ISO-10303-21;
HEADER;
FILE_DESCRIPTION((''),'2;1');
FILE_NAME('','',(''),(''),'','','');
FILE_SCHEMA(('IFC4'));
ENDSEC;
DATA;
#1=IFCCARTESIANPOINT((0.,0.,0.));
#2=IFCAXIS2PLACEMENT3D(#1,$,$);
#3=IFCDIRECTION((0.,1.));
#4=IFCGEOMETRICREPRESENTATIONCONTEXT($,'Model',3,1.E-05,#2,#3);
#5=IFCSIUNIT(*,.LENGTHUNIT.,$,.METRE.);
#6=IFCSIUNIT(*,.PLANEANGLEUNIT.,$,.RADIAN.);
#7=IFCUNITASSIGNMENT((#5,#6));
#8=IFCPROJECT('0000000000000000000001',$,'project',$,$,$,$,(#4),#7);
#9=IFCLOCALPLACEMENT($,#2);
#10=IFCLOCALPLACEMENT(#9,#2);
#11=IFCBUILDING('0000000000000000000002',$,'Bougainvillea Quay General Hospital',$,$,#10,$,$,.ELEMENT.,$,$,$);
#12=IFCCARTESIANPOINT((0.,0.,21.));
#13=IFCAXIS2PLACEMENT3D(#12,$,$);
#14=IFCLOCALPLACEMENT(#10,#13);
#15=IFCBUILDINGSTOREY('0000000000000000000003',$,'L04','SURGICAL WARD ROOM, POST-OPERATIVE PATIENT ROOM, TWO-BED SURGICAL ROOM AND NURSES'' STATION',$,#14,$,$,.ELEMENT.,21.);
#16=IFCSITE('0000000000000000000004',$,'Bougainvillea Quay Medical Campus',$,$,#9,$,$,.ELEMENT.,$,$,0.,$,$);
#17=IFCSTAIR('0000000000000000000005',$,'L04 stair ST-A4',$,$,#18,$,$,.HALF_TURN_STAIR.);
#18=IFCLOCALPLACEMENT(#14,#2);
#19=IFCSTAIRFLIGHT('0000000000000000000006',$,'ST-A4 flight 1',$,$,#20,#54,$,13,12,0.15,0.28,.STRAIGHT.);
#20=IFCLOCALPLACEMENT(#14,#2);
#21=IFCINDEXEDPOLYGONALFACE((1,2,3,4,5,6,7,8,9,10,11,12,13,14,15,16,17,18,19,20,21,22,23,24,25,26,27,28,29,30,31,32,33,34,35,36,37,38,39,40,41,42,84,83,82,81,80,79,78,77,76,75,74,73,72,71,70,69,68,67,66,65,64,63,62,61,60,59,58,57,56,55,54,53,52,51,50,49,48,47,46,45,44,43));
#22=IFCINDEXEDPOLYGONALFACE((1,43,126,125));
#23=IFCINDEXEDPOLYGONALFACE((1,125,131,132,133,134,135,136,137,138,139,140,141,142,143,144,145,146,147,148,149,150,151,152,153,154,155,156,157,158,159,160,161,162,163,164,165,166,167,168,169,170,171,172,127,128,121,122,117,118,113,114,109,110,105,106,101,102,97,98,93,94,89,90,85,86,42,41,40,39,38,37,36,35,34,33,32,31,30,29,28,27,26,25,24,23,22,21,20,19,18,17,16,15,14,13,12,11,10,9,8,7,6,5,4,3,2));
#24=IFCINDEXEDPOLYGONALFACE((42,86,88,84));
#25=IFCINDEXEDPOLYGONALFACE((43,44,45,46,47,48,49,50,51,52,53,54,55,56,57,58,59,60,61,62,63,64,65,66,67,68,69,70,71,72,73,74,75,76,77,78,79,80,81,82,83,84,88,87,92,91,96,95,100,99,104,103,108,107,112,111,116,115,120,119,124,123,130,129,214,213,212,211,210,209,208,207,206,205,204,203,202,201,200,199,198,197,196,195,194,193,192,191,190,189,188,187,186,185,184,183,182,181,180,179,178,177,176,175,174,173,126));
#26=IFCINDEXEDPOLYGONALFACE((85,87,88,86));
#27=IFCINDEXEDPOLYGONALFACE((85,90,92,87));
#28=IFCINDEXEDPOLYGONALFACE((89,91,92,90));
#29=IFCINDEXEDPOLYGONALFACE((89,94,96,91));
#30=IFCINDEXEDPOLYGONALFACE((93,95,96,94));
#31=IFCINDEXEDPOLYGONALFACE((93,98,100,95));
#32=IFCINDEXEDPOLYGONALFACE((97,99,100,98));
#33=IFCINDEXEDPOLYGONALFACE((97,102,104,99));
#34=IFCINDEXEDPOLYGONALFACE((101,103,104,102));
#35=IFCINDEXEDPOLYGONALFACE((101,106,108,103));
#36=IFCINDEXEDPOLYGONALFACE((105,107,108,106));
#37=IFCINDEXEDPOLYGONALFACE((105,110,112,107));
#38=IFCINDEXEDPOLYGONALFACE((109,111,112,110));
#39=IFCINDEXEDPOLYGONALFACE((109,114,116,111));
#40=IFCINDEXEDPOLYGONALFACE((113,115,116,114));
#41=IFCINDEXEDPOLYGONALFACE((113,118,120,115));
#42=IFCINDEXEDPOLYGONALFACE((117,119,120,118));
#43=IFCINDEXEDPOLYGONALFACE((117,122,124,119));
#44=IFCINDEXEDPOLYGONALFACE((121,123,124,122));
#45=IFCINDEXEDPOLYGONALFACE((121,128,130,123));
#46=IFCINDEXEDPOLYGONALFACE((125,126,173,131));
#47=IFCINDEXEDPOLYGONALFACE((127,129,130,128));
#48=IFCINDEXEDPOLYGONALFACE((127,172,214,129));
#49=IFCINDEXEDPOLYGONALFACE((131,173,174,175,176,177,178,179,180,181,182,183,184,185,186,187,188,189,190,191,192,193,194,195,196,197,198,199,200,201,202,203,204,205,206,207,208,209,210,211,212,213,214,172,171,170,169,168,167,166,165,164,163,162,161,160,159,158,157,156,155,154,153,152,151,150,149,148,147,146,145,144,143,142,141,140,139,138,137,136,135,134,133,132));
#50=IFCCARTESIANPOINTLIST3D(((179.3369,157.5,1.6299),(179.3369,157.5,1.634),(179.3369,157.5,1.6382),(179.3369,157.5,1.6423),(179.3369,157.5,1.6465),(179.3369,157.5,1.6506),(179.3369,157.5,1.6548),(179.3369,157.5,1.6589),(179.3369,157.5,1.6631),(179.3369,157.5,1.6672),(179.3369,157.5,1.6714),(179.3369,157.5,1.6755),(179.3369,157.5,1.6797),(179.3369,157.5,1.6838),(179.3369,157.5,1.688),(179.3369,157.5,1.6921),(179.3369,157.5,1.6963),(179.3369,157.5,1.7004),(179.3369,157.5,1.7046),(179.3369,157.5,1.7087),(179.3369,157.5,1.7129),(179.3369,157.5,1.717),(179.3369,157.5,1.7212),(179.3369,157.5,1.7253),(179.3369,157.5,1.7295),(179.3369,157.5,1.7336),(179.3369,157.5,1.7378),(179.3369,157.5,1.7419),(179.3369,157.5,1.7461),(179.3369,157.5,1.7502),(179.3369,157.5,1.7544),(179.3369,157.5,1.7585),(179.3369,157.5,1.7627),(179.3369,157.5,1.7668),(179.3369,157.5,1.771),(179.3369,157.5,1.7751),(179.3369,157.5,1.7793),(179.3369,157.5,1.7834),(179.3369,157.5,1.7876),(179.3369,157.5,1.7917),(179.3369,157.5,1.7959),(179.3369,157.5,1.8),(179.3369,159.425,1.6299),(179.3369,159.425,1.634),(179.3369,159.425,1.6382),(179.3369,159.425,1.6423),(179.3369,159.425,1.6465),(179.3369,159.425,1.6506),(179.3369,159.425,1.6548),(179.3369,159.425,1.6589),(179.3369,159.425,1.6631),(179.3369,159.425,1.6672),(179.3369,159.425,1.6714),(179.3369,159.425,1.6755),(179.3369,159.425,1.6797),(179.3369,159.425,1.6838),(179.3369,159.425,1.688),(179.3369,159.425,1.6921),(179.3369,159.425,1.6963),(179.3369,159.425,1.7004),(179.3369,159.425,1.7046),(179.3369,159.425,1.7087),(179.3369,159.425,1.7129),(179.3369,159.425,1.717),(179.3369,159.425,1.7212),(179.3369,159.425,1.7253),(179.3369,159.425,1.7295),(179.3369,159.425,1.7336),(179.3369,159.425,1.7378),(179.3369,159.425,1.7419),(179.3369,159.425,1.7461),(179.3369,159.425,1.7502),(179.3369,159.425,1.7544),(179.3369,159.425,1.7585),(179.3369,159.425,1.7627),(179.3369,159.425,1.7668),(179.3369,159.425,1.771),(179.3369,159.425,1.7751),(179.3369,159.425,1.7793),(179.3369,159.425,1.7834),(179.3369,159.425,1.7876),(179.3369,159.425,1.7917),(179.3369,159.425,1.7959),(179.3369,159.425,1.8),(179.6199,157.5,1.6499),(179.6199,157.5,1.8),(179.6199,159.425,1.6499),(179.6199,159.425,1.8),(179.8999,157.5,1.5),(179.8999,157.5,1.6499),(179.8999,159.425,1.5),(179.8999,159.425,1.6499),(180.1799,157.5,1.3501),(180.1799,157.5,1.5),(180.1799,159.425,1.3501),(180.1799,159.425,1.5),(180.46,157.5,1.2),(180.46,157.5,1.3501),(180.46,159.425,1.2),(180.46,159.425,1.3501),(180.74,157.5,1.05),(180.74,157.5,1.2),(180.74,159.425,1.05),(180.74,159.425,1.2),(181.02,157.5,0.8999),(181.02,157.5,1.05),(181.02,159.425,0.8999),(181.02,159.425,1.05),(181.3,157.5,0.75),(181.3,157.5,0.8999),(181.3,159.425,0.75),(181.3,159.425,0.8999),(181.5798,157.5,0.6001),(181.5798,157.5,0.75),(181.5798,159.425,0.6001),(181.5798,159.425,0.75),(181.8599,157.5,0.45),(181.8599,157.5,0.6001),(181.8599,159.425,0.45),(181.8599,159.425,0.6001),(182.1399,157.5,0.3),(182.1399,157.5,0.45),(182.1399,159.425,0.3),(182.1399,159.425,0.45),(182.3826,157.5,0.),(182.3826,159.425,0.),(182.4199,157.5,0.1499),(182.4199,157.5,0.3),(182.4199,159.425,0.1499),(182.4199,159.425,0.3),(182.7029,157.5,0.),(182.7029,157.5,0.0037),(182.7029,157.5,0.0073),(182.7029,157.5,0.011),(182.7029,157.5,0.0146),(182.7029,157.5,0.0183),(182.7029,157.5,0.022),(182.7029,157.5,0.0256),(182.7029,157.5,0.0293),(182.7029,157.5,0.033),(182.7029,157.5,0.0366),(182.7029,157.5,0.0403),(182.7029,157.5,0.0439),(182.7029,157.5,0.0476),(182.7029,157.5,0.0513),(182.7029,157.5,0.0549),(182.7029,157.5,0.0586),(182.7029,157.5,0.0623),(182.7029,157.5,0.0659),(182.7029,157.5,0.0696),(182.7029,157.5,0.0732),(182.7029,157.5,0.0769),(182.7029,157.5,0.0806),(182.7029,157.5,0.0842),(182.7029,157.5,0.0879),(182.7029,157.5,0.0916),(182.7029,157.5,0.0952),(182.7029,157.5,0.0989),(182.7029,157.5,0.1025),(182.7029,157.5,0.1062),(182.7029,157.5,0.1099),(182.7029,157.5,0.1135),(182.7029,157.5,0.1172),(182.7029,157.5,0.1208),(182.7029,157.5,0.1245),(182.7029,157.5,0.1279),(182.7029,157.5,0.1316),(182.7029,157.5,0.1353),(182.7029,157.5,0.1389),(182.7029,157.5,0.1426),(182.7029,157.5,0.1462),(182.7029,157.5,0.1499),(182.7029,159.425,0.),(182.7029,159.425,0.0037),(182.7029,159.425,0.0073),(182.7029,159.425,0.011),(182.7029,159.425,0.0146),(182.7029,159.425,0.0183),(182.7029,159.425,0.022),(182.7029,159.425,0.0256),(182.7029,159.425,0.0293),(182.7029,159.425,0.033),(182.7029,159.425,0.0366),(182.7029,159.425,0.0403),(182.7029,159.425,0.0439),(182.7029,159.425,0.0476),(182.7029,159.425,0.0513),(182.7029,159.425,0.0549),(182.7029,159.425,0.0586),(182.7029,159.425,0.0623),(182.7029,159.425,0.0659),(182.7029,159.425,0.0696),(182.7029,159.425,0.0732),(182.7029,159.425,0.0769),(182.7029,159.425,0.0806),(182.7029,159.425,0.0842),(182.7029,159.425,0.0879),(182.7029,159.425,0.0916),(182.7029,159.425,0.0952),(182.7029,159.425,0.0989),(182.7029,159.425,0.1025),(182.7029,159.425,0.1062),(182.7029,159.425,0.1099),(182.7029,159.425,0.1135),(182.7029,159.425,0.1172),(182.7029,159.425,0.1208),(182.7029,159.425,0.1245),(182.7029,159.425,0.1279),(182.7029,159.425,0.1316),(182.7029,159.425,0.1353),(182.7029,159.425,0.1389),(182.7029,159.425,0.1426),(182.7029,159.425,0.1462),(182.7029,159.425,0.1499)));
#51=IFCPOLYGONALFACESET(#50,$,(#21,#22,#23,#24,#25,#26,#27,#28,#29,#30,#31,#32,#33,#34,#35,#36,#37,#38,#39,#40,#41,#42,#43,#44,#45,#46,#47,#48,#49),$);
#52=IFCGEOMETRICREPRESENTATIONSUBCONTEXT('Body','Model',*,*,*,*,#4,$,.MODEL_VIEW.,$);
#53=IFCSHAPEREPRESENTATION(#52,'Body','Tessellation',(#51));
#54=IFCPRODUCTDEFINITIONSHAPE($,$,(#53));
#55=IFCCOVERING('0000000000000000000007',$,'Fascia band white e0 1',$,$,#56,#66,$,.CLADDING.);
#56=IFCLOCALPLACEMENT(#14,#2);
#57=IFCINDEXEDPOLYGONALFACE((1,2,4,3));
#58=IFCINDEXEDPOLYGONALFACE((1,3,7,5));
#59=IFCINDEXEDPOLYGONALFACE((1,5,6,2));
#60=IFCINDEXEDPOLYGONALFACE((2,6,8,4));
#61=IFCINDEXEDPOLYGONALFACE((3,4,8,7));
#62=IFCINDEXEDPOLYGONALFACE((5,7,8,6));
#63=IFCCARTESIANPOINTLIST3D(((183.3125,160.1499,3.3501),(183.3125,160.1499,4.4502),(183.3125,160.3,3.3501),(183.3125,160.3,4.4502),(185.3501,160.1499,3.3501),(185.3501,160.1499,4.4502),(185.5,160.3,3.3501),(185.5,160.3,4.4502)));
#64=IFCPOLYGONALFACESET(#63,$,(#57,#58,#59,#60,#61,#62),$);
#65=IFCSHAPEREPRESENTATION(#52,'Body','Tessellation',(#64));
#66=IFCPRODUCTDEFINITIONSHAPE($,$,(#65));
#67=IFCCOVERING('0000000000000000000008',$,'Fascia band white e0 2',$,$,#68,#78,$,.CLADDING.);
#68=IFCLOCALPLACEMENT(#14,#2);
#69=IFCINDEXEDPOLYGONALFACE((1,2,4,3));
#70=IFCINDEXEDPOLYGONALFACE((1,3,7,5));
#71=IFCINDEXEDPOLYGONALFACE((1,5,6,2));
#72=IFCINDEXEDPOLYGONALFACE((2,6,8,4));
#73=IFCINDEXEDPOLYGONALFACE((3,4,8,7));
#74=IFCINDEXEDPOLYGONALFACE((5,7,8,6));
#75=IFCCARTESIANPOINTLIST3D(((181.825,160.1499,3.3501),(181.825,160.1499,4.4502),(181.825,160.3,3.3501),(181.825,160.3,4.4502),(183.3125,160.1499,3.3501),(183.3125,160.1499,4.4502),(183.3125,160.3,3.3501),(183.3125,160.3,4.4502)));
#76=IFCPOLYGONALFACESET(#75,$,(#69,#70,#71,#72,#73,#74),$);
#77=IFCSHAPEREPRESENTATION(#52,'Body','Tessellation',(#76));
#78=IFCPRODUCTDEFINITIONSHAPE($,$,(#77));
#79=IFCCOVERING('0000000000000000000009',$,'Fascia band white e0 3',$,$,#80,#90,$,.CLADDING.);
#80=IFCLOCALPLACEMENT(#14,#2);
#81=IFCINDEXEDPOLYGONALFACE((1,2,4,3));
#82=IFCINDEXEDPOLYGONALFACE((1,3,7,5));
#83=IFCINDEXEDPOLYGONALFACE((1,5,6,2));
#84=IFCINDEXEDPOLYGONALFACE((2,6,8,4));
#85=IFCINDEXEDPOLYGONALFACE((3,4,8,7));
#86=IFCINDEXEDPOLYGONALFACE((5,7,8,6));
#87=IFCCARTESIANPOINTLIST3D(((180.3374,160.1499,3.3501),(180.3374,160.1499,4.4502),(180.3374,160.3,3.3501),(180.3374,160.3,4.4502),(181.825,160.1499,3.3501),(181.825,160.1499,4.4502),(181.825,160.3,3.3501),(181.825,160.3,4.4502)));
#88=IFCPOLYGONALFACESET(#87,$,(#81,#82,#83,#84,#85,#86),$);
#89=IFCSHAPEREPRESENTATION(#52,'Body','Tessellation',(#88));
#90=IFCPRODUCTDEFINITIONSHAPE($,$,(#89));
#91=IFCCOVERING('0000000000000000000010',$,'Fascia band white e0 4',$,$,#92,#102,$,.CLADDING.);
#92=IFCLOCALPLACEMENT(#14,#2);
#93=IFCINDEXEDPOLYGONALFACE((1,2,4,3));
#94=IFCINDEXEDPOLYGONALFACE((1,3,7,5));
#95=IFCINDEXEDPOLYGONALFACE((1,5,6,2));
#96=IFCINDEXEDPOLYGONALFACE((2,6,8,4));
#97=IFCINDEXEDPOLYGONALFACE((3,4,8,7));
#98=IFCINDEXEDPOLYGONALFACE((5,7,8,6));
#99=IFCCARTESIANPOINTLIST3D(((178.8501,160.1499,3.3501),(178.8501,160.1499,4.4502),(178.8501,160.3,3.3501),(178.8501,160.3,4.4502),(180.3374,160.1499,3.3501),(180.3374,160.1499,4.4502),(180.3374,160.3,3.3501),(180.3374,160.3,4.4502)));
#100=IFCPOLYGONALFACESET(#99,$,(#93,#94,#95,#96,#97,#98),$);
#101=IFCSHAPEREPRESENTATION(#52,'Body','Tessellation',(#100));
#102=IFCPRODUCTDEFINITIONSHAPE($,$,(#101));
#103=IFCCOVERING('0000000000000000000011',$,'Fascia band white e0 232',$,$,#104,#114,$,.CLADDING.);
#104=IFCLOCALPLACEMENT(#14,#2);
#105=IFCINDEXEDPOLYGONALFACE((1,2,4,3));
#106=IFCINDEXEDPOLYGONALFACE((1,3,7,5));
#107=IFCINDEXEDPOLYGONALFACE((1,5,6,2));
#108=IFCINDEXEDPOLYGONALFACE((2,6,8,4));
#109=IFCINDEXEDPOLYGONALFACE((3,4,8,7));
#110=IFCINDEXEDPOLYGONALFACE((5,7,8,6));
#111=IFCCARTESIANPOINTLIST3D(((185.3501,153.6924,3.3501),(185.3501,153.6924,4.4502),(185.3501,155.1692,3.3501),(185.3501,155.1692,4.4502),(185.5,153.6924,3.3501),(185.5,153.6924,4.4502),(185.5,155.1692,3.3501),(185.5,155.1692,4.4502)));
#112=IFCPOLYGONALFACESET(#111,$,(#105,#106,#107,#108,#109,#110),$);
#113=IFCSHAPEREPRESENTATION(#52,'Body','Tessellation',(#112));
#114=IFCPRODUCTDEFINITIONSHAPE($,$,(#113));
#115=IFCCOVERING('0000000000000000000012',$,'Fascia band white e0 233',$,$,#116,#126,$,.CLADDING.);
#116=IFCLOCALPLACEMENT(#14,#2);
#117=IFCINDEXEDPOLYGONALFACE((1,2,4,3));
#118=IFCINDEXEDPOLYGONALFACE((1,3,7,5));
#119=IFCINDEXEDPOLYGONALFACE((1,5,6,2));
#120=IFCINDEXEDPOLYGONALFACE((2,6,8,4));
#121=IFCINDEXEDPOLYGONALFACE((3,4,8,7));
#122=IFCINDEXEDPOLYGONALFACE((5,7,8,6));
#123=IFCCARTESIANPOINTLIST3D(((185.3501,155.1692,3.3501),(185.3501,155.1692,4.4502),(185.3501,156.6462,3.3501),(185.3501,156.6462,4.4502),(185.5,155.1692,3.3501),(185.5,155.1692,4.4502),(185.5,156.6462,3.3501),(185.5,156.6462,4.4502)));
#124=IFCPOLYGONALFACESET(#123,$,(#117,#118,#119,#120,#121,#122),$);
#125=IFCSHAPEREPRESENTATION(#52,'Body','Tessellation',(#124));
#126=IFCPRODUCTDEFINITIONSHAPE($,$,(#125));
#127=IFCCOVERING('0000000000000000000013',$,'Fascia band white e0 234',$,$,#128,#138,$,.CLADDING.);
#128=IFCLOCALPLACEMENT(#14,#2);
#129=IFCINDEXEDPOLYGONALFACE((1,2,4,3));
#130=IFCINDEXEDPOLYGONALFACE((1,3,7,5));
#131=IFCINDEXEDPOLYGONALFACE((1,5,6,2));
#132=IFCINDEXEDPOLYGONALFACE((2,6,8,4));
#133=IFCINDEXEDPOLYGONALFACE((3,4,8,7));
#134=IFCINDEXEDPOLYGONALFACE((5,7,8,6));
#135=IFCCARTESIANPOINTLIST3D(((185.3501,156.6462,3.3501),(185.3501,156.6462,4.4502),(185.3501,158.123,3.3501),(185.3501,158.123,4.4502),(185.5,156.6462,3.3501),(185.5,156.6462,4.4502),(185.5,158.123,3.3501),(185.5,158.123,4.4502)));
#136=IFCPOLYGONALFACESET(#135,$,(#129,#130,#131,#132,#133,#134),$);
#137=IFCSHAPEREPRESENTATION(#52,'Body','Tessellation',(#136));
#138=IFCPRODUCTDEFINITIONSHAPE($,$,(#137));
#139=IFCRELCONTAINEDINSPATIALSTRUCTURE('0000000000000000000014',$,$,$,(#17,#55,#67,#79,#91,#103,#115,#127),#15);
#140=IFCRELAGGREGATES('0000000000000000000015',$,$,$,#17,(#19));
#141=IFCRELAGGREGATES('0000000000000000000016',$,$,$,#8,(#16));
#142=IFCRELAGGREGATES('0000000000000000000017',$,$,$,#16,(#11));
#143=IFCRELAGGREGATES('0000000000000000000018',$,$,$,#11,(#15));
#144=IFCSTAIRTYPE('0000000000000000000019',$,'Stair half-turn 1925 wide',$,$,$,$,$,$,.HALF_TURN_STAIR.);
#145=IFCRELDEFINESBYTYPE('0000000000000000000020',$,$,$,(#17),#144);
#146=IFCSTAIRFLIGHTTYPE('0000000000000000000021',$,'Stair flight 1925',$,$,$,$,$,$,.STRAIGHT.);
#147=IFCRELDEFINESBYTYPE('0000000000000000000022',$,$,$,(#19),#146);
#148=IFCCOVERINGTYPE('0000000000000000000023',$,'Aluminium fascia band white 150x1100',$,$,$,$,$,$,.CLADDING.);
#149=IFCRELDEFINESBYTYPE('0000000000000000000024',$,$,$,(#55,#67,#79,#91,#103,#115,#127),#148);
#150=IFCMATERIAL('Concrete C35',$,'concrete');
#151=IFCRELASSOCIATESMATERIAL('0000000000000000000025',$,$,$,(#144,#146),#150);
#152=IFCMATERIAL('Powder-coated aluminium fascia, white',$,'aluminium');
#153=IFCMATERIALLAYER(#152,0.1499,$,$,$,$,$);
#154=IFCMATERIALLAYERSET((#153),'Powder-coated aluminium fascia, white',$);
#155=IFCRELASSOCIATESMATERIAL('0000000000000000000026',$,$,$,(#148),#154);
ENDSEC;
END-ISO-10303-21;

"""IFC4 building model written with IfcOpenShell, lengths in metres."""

from ifc_helpers import new_model, si_unit, direction, frame, origin, place, context, subcontext, project, spatial, polyline, outline, extrude, material, layer, layer_set, type_object, element, aggregate, save


model = new_model("IFC4")

# Units and contexts
model_context = context("Model", 3, precision=1e-05, world=origin(), true_north=direction((0.0, 1.0)))
body_context = subcontext(model_context, "Body", "Model", "MODEL_VIEW")
ifc_project = project(units=[si_unit("LENGTHUNIT", "METRE"), si_unit("PLANEANGLEUNIT", "RADIAN")], contexts=[model_context])

# Site, building, storey
site_placement = place(None, origin())
site = spatial("IfcSite", under=ifc_project, at=site_placement, Name="Bougainvillea Quay Medical Campus", CompositionType="ELEMENT", RefElevation=0.0)
building_placement = place(site_placement, origin())
building = spatial("IfcBuilding", under=site, at=building_placement, Name="Bougainvillea Quay General Hospital", CompositionType="ELEMENT")
storey_placement = place(building_placement, frame((0.0, 0.0, 21.0)))
storey = spatial("IfcBuildingStorey", under=building, at=storey_placement, Name="L04", Description="SURGICAL WARD ROOM, POST-OPERATIVE PATIENT ROOM, TWO-BED SURGICAL ROOM AND NURSES' STATION", CompositionType="ELEMENT", Elevation=21.0)

# Stair, stair flight
ifc_material_1 = material(Name="Concrete C35", Category="concrete")
stair_type = type_object("IfcStairType", Name="Stair half-turn 1925 wide", PredefinedType="HALF_TURN_STAIR", material=ifc_material_1)
stair_placement = place(storey_placement, origin())
stair = element("IfcStair", 1, at=stair_placement, inside=storey, type_object=stair_type, Name="L04 stair ST-A4", PredefinedType="HALF_TURN_STAIR")
stair_flight_type = type_object("IfcStairFlightType", Name="Stair flight 1925", PredefinedType="STRAIGHT", material=ifc_material_1)
stair_flight_placement = place(storey_placement, frame((182.7, 158.4624, 0.0), z_axis=(0.0, 0.0, 1.0), x_axis=(-1.0, 0.0, 0.0)))
stair_flight = element("IfcStairFlight", 2, at=stair_flight_placement, type_object=stair_flight_type, Name="ST-A4 flight 1", NumberOfRisers=13, NumberOfTreads=12, PredefinedType="STRAIGHT", RiserHeight=0.15, TreadLength=0.28, context=body_context, shape_type="SweptSolid", body=[
    extrude(outline(polyline([(-0.0029, 0.0), (-0.0029, 0.0037), (-0.0029, 0.0073), (-0.0029, 0.011), (-0.0029, 0.0146), (-0.0029, 0.0183), (-0.0029, 0.022), (-0.0029, 0.0256), (-0.0029, 0.0293), (-0.0029, 0.033), (-0.0029, 0.0366), (-0.0029, 0.0403), (-0.0029, 0.0439), (-0.0029, 0.0476), (-0.0029, 0.0513), (-0.0029, 0.0549), (-0.0029, 0.0586), (-0.0029, 0.0623), (-0.0029, 0.0659), (-0.0029, 0.0696), (-0.0029, 0.0732), (-0.0029, 0.0769), (-0.0029, 0.0806), (-0.0029, 0.0842), (-0.0029, 0.0879), (-0.0029, 0.0916), (-0.0029, 0.0952), (-0.0029, 0.0989), (-0.0029, 0.1025), (-0.0029, 0.1062), (-0.0029, 0.1099), (-0.0029, 0.1135), (-0.0029, 0.1172), (-0.0029, 0.1208), (-0.0029, 0.1245), (-0.0029, 0.1279), (-0.0029, 0.1316), (-0.0029, 0.1353), (-0.0029, 0.1389), (-0.0029, 0.1426), (-0.0029, 0.1462), (-0.0029, 0.1499), (0.28, 0.1499), (0.28, 0.3), (0.5601, 0.3), (0.5601, 0.45), (0.8401, 0.45), (0.8401, 0.6001), (1.1201, 0.6001), (1.1201, 0.75), (1.3999, 0.75), (1.3999, 0.8999), (1.6799, 0.8999), (1.6799, 1.05), (1.96, 1.05), (1.96, 1.2), (2.24, 1.2), (2.24, 1.3501), (2.52, 1.3501), (2.52, 1.5), (2.8, 1.5), (2.8, 1.6499), (3.0801, 1.6499), (3.0801, 1.8), (3.363, 1.8), (3.363, 1.7959), (3.363, 1.7917), (3.363, 1.7876), (3.363, 1.7834), (3.363, 1.7793), (3.363, 1.7751), (3.363, 1.771), (3.363, 1.7668), (3.363, 1.7627), (3.363, 1.7585), (3.363, 1.7544), (3.363, 1.7502), (3.363, 1.7461), (3.363, 1.7419), (3.363, 1.7378), (3.363, 1.7336), (3.363, 1.7295), (3.363, 1.7253), (3.363, 1.7212), (3.363, 1.717), (3.363, 1.7129), (3.363, 1.7087), (3.363, 1.7046), (3.363, 1.7004), (3.363, 1.6963), (3.363, 1.6921), (3.363, 1.688), (3.363, 1.6838), (3.363, 1.6797), (3.363, 1.6755), (3.363, 1.6714), (3.363, 1.6672), (3.363, 1.6631), (3.363, 1.6589), (3.363, 1.6548), (3.363, 1.6506), (3.363, 1.6465), (3.363, 1.6423), (3.363, 1.6382), (3.363, 1.634), (3.363, 1.6299), (0.3174, 0.0), (-0.0029, 0.0)])), frame((0.0, 0.9624, 0.0), z_axis=(0.0, -1.0, 0.0), x_axis=(1.0, 0.0, 0.0)), (0.0, 0.0, 1.0), 1.925),
])
aggregate(stair, [stair_flight])

# Coverings
ifc_material_2 = material(Name="Powder-coated aluminium fascia, white", Category="aluminium")
ifc_layer_1 = layer(ifc_material_2, 0.1499)
ifc_layer_set_1 = layer_set([ifc_layer_1], Name="Powder-coated aluminium fascia, white")
covering_type = type_object("IfcCoveringType", Name="Aluminium fascia band white 150x1100", PredefinedType="CLADDING", material=ifc_layer_set_1)
covering_1_placement = place(storey_placement, frame((185.3501, 160.1499, 3.3501), z_axis=(0.0, 0.0, 1.0), x_axis=(-1.0, 0.0, 0.0)))
element("IfcCovering", 3, at=covering_1_placement, inside=storey, type_object=covering_type, Name="Fascia band white e0 1", PredefinedType="CLADDING", context=body_context, shape_type="SweptSolid", body=[
    extrude(outline(polyline([(0.0, 0.0), (2.0376, 0.0), (2.0376, -0.1501), (-0.1499, -0.1501), (0.0, 0.0)])), origin(), (0.0, 0.0, 1.0), 1.1001),
])
for number, where, z_axis, x_axis, name in (
    (4, (183.3125, 160.1499, 3.3501), (0.0, 0.0, 1.0), (-1.0, 0.0, 0.0), "Fascia band white e0 2"),
    (5, (181.825, 160.1499, 3.3501), (0.0, 0.0, 1.0), (-1.0, 0.0, 0.0), "Fascia band white e0 3"),
):
    element("IfcCovering", number, at=place(storey_placement, frame(where, z_axis=z_axis, x_axis=x_axis)), inside=storey, type_object=covering_type, Name=name, PredefinedType="CLADDING", context=body_context, shape_type="SweptSolid", body=[
        extrude(outline(polyline([(0.0, 0.0), (1.4875, 0.0), (1.4875, -0.1501), (0.0, -0.1501), (0.0, 0.0)])), origin(), (0.0, 0.0, 1.0), 1.1001),
    ])
covering_2_placement = place(storey_placement, frame((180.3374, 160.1499, 3.3501), z_axis=(0.0, 0.0, 1.0), x_axis=(-1.0, 0.0, 0.0)))
element("IfcCovering", 6, at=covering_2_placement, inside=storey, type_object=covering_type, Name="Fascia band white e0 4", PredefinedType="CLADDING", context=body_context, shape_type="SweptSolid", body=[
    extrude(outline(polyline([(0.0, 0.0), (1.4873, 0.0), (1.4873, -0.1501), (0.0, -0.1501), (0.0, 0.0)])), origin(), (0.0, 0.0, 1.0), 1.1001),
])
covering_3_placement = place(storey_placement, frame((185.3501, 153.6924, 3.3501), z_axis=(0.0, 0.0, 1.0), x_axis=(0.0, 1.0, 0.0)))
element("IfcCovering", 7, at=covering_3_placement, inside=storey, type_object=covering_type, Name="Fascia band white e0 232", PredefinedType="CLADDING", context=body_context, shape_type="SweptSolid", body=[
    extrude(outline(polyline([(0.0, 0.0), (1.4768, 0.0), (1.4768, -0.1499), (0.0, -0.1499), (0.0, 0.0)])), origin(), (0.0, 0.0, 1.0), 1.1001),
])
covering_4_placement = place(storey_placement, frame((185.3501, 155.1692, 3.3501), z_axis=(0.0, 0.0, 1.0), x_axis=(0.0, 1.0, 0.0)))
element("IfcCovering", 8, at=covering_4_placement, inside=storey, type_object=covering_type, Name="Fascia band white e0 233", PredefinedType="CLADDING", context=body_context, shape_type="SweptSolid", body=[
    extrude(outline(polyline([(0.0, 0.0), (1.4771, 0.0), (1.4771, -0.1499), (0.0, -0.1499), (0.0, 0.0)])), origin(), (0.0, 0.0, 1.0), 1.1001),
])
covering_5_placement = place(storey_placement, frame((185.3501, 156.6462, 3.3501), z_axis=(0.0, 0.0, 1.0), x_axis=(0.0, 1.0, 0.0)))
element("IfcCovering", 9, at=covering_5_placement, inside=storey, type_object=covering_type, Name="Fascia band white e0 234", PredefinedType="CLADDING", context=body_context, shape_type="SweptSolid", body=[
    extrude(outline(polyline([(0.0, 0.0), (1.4768, 0.0), (1.4768, -0.1499), (0.0, -0.1499), (0.0, 0.0)])), origin(), (0.0, 0.0, 1.0), 1.1001),
])

save(model, "model.ifc")
